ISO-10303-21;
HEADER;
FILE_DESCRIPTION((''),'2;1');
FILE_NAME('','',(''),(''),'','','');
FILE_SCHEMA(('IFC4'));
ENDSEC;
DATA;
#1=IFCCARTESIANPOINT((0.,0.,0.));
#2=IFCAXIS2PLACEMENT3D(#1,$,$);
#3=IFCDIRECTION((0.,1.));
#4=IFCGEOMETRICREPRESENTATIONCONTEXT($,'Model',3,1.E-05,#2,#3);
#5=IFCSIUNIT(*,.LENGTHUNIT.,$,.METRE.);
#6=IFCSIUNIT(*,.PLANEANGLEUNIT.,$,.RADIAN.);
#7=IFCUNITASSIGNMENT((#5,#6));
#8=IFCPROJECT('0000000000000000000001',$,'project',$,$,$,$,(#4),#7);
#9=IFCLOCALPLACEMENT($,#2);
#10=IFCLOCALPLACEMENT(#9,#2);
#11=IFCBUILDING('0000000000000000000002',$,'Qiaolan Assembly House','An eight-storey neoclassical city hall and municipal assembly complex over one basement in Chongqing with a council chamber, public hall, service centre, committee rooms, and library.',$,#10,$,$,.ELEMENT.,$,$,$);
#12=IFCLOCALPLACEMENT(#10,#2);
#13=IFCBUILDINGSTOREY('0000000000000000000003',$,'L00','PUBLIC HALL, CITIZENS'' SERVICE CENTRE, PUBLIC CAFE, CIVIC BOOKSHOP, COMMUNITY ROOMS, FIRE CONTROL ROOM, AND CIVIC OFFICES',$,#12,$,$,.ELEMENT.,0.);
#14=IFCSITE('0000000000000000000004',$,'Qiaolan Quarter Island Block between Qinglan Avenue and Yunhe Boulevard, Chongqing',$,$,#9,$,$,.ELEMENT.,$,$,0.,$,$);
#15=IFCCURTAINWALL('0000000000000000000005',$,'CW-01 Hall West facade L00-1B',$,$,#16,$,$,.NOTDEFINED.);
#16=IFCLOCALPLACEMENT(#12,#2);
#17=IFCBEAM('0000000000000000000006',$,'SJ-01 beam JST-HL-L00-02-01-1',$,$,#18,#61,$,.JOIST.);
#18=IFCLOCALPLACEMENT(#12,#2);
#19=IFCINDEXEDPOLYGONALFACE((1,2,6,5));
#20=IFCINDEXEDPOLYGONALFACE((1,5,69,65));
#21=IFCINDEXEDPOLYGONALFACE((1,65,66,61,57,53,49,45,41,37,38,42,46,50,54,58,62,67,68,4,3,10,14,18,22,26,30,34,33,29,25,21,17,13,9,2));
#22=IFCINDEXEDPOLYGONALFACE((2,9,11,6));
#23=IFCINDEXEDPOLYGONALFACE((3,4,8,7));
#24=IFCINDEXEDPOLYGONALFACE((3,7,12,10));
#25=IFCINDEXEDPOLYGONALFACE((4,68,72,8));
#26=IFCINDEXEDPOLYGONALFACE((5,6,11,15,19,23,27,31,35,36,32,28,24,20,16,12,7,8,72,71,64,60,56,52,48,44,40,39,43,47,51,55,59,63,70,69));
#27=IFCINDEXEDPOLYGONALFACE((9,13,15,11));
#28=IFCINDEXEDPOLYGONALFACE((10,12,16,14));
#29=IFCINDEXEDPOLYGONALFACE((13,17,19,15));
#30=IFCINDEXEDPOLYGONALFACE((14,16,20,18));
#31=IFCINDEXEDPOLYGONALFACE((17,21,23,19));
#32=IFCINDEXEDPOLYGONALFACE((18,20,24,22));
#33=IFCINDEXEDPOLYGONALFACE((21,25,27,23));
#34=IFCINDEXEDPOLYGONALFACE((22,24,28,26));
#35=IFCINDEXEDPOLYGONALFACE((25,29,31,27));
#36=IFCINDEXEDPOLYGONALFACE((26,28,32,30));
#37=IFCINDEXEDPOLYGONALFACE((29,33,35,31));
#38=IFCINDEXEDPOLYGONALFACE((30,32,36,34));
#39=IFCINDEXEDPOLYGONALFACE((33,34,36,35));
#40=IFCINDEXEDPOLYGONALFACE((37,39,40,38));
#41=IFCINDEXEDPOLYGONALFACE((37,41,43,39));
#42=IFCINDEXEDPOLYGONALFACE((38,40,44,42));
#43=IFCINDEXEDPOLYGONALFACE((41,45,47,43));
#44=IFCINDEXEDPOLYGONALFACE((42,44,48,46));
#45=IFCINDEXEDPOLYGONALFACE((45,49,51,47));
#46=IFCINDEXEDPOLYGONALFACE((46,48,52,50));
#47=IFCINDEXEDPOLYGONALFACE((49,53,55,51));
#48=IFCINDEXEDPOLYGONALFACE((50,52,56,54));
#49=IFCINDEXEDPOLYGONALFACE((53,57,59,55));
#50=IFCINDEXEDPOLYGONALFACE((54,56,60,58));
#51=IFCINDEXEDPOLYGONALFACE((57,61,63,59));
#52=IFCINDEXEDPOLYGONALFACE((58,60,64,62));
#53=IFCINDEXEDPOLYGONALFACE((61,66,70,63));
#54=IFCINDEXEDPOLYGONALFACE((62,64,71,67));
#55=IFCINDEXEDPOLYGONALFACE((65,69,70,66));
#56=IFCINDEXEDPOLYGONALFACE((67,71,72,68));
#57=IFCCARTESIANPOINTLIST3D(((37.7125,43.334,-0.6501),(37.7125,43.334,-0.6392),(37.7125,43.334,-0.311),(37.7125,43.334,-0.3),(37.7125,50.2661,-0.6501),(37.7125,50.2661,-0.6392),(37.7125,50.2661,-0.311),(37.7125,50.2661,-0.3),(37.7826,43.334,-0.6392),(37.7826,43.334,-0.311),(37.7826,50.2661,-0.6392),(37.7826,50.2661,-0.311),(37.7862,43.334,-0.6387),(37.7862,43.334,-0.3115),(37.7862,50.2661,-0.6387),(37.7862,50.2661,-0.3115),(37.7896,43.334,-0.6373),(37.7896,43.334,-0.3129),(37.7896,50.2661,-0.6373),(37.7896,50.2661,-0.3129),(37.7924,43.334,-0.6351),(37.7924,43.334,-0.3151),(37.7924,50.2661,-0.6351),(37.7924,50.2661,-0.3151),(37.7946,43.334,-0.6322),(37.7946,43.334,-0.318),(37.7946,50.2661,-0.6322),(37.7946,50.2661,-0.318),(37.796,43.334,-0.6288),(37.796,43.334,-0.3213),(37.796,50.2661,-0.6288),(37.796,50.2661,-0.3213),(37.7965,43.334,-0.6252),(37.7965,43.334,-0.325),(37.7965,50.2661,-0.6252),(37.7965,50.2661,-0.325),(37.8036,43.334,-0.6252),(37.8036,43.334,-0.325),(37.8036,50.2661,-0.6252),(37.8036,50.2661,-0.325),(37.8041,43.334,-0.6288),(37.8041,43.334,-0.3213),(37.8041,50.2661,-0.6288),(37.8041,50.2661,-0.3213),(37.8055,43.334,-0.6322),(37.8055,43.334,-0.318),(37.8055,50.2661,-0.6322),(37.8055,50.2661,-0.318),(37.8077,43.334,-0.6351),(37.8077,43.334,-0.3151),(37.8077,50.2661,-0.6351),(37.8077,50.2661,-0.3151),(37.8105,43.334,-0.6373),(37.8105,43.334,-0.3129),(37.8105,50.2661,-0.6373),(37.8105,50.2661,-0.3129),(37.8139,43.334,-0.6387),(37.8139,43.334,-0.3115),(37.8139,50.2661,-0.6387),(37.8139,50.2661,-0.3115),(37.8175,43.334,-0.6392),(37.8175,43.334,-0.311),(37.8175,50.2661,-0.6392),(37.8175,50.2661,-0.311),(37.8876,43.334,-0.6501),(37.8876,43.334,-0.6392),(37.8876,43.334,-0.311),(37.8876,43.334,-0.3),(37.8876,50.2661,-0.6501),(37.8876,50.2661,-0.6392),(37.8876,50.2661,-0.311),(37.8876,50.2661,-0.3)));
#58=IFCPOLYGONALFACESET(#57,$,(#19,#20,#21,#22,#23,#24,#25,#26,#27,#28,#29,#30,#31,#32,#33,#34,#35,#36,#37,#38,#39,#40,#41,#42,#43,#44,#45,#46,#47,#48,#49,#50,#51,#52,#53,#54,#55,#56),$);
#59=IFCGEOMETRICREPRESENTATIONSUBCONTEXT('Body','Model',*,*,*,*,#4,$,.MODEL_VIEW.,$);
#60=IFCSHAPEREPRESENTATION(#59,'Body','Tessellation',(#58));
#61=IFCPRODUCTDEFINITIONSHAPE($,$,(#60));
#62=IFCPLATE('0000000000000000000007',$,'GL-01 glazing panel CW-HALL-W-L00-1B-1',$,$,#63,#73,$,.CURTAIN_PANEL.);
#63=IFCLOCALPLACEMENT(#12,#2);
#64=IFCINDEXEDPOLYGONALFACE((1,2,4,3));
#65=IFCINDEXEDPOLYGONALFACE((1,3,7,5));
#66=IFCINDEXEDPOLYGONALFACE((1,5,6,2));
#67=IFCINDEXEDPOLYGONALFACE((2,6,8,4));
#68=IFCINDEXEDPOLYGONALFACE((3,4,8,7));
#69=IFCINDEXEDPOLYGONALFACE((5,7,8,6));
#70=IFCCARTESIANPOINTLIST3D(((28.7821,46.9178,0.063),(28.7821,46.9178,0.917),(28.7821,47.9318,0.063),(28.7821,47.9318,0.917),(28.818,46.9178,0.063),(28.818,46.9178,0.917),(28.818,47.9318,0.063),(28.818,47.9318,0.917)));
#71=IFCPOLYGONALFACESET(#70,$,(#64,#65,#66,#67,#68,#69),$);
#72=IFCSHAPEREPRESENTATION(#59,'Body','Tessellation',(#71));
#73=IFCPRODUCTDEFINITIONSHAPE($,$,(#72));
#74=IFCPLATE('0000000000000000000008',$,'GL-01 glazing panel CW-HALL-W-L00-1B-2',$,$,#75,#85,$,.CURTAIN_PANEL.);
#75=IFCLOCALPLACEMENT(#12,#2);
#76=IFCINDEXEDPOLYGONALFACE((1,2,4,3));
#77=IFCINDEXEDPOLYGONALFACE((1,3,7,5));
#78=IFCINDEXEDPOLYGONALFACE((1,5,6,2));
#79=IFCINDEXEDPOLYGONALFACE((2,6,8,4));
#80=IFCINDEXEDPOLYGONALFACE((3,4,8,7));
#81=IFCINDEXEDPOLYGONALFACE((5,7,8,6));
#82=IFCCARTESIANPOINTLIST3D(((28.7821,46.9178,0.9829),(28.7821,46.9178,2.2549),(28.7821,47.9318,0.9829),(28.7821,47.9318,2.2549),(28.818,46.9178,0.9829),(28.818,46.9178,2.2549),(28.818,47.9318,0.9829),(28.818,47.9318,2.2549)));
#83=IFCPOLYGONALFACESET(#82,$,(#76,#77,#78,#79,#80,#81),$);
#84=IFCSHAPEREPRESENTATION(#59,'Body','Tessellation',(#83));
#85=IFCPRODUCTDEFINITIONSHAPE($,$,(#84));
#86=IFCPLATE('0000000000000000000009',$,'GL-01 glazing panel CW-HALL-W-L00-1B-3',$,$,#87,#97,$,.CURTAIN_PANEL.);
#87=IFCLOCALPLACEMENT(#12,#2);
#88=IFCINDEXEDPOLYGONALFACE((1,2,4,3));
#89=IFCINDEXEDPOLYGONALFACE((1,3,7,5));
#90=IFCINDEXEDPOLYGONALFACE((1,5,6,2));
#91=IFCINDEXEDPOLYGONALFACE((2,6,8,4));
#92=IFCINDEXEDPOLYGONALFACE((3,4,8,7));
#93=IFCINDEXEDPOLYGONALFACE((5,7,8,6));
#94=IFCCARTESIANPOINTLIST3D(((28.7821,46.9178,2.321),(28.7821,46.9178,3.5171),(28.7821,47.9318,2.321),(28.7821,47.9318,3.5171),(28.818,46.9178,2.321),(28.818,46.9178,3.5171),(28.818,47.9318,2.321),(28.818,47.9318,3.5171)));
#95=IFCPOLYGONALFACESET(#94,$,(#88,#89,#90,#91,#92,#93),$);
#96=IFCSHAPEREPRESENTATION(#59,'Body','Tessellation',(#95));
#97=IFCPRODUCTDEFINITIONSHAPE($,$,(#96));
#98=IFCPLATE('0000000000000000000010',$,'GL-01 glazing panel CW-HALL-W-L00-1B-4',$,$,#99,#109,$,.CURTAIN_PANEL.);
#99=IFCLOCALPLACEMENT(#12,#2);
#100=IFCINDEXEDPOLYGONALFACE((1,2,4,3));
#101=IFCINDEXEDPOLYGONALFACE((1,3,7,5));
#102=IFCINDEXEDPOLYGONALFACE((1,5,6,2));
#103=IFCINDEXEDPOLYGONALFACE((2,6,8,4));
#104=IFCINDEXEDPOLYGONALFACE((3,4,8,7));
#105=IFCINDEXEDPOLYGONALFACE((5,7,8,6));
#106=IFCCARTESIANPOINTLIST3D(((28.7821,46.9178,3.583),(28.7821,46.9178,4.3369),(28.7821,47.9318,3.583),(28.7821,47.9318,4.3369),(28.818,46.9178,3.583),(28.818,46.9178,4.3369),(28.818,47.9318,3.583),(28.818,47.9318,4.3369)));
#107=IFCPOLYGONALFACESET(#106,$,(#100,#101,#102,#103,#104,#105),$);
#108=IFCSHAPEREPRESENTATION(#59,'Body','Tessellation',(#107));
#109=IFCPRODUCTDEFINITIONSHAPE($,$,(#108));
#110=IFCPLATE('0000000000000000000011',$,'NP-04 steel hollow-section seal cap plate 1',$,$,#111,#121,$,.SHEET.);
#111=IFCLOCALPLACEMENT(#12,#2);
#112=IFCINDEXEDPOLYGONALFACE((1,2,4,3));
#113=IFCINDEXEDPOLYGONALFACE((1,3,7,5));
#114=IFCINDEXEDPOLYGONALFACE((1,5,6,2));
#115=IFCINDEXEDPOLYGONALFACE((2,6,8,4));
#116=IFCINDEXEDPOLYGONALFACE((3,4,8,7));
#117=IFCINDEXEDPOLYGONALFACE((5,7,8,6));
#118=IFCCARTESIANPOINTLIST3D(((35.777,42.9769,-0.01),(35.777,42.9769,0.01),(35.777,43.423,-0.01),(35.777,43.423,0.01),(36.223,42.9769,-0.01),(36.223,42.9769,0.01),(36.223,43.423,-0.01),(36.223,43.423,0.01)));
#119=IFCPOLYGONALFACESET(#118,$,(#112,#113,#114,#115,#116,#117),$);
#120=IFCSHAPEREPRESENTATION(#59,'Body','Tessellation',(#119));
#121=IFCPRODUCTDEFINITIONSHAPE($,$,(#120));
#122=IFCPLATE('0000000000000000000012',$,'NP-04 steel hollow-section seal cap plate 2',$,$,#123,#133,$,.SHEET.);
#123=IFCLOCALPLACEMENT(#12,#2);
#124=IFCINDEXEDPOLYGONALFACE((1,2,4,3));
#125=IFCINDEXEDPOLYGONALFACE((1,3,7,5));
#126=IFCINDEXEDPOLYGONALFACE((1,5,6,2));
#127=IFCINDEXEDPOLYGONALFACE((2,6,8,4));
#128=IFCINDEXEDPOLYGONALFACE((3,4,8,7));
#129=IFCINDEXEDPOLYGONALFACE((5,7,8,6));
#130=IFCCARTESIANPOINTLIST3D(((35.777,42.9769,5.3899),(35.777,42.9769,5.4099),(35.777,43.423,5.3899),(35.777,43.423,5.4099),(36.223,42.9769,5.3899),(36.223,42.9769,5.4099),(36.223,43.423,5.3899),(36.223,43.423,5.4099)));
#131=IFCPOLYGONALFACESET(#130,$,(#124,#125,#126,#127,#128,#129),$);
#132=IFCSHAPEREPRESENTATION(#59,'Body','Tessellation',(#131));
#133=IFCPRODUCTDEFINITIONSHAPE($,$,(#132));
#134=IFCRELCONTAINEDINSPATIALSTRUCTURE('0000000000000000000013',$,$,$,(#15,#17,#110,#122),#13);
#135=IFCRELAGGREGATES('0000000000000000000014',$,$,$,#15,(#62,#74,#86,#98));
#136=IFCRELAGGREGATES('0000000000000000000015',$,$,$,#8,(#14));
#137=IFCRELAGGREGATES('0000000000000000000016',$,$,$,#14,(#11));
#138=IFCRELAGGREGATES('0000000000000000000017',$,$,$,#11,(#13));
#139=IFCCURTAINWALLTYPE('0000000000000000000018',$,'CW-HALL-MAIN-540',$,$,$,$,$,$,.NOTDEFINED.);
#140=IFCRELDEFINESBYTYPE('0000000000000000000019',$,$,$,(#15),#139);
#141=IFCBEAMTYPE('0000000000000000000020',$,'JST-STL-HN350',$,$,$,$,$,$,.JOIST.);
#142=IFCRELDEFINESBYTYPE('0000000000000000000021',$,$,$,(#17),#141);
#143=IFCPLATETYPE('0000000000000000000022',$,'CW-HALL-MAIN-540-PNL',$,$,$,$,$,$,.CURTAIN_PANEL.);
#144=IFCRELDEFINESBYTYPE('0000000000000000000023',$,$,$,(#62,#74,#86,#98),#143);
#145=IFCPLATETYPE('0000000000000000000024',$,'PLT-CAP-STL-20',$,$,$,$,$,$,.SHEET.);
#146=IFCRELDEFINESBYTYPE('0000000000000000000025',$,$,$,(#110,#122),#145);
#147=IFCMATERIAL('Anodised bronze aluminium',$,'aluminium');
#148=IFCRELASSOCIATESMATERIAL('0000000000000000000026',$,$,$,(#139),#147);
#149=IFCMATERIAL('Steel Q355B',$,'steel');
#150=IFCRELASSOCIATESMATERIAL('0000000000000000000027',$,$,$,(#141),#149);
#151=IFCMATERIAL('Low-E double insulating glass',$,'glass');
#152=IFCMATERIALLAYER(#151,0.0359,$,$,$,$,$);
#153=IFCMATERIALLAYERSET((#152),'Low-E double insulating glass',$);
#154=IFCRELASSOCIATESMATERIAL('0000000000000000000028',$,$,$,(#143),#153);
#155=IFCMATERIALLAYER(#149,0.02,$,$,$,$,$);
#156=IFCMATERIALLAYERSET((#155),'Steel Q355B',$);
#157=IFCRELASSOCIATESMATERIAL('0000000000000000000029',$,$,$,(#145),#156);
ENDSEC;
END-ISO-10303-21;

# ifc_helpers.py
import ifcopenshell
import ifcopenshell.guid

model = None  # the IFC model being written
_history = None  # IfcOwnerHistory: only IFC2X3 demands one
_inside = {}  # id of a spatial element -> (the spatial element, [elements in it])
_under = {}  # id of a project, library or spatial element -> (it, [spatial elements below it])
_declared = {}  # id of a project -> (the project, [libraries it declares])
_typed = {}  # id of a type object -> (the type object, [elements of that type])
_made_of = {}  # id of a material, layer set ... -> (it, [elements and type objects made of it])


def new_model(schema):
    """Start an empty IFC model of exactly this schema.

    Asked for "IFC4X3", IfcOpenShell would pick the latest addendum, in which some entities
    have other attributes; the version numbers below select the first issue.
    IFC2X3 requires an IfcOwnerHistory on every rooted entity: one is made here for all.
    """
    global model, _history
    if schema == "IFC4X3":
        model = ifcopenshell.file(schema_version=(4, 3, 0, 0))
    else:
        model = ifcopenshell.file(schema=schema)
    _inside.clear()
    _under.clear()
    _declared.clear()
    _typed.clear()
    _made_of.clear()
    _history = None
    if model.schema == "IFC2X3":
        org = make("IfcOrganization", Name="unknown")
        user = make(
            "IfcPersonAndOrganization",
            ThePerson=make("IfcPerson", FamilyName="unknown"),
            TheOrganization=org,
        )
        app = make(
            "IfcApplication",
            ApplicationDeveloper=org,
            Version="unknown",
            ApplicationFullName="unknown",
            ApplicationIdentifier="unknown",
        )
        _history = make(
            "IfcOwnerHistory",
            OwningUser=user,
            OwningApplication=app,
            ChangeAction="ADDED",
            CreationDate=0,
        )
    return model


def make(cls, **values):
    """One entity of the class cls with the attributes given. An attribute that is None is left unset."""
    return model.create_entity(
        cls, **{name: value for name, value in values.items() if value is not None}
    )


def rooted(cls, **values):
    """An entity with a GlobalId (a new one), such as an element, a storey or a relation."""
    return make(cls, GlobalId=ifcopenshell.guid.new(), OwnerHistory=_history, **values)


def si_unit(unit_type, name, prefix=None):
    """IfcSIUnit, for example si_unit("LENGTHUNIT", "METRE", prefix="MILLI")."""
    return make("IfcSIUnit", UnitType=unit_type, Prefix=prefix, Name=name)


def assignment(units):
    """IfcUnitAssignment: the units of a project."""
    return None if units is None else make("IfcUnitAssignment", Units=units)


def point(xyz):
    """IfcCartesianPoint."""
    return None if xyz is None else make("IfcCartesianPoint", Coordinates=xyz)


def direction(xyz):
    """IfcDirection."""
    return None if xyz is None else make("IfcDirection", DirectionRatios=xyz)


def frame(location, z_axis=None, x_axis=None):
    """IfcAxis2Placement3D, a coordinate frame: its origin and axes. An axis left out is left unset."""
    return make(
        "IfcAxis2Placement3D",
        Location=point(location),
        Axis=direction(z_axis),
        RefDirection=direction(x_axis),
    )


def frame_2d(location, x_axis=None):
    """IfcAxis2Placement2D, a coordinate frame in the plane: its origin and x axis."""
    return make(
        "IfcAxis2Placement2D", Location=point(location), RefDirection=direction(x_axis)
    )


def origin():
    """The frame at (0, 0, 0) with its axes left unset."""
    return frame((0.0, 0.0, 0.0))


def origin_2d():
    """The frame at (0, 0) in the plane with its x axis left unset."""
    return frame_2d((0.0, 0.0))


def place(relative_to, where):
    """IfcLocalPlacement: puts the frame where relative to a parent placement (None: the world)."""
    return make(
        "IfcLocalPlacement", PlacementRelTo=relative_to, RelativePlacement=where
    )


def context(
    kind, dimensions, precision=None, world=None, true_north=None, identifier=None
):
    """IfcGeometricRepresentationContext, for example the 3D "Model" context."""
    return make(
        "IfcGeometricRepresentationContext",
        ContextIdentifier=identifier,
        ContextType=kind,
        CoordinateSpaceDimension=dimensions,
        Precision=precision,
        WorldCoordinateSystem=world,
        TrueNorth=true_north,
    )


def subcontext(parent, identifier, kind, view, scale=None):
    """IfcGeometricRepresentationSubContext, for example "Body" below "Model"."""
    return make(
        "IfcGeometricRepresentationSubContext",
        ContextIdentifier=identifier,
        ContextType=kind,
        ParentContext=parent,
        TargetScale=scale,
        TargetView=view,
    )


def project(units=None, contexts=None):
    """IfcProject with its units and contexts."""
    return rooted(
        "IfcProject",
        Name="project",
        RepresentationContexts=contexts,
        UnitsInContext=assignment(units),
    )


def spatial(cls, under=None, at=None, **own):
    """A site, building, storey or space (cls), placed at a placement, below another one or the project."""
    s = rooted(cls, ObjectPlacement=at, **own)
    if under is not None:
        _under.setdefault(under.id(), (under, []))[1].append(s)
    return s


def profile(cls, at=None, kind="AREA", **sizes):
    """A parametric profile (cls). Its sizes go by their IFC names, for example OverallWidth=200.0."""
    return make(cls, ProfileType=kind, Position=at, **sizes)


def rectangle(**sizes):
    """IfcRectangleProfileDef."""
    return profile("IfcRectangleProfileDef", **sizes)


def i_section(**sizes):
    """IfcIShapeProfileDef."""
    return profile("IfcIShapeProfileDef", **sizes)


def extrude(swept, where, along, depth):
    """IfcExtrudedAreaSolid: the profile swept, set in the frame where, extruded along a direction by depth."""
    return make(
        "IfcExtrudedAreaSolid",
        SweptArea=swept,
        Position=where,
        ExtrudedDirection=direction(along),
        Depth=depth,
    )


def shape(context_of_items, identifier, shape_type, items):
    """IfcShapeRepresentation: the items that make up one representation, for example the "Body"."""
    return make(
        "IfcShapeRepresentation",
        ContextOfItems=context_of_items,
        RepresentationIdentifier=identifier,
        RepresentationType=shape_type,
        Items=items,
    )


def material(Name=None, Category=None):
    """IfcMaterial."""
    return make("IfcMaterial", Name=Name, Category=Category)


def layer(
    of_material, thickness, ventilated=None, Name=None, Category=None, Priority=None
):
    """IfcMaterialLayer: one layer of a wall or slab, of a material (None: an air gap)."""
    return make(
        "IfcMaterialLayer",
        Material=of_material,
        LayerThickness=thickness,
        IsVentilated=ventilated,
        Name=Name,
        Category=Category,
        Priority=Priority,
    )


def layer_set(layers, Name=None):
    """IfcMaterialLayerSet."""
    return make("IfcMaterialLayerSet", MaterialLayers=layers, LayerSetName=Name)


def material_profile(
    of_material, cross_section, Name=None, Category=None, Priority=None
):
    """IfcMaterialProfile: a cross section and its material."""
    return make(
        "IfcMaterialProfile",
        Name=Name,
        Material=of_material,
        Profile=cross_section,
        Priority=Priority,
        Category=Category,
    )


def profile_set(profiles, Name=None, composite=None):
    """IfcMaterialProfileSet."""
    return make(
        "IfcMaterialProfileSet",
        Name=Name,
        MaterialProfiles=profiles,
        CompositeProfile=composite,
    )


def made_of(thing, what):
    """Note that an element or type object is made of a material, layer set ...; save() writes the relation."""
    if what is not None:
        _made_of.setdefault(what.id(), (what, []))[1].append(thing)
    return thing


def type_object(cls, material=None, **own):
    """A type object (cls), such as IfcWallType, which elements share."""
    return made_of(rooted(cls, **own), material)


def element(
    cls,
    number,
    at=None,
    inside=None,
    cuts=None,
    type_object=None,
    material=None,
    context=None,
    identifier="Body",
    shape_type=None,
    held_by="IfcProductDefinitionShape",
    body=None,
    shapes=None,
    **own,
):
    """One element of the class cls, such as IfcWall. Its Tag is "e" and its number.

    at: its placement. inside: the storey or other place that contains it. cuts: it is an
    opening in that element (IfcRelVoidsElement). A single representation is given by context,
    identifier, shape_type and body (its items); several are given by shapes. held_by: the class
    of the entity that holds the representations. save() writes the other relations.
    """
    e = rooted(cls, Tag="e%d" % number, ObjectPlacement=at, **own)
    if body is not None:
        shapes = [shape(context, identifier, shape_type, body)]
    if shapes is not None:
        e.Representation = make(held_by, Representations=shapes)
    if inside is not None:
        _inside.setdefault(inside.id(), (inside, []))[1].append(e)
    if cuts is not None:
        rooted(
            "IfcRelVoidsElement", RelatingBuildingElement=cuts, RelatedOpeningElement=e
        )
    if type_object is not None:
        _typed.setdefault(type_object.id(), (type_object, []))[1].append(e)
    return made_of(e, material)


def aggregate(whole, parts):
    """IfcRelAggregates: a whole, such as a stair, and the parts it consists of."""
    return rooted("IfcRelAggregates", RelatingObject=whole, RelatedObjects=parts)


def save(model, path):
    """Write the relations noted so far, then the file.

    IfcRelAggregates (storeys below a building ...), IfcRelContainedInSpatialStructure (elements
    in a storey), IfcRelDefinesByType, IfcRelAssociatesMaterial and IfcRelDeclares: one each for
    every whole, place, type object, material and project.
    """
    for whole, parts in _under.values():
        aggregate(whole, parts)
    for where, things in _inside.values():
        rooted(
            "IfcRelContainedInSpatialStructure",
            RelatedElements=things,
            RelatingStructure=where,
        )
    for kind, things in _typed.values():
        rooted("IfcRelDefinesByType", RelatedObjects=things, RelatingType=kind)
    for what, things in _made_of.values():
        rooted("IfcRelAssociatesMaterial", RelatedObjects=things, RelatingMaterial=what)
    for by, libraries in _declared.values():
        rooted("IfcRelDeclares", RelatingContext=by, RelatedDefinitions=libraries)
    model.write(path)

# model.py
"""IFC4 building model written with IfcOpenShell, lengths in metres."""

from ifc_helpers import new_model, si_unit, direction, frame, frame_2d, origin, origin_2d, place, context, subcontext, project, spatial, rectangle, i_section, extrude, material, layer, layer_set, material_profile, profile_set, type_object, element, aggregate, save


model = new_model("IFC4")

# Units and contexts
model_context = context("Model", 3, precision=1e-05, world=origin(), true_north=direction((0.0, 1.0)))
body_context = subcontext(model_context, "Body", "Model", "MODEL_VIEW")
ifc_project = project(units=[si_unit("LENGTHUNIT", "METRE"), si_unit("PLANEANGLEUNIT", "RADIAN")], contexts=[model_context])

# Site, building, storey
site_placement = place(None, origin())
site = spatial("IfcSite", under=ifc_project, at=site_placement, Name="Qiaolan Quarter Island Block between Qinglan Avenue and Yunhe Boulevard, Chongqing", CompositionType="ELEMENT", RefElevation=0.0)
building_placement = place(site_placement, origin())
building = spatial("IfcBuilding", under=site, at=building_placement, Name="Qiaolan Assembly House", Description="An eight-storey neoclassical city hall and municipal assembly complex over one basement in Chongqing with a council chamber, public hall, service centre, committee rooms, and library.", CompositionType="ELEMENT")
storey_placement = place(building_placement, origin())
storey = spatial("IfcBuildingStorey", under=building, at=storey_placement, Name="L00", Description="PUBLIC HALL, CITIZENS' SERVICE CENTRE, PUBLIC CAFE, CIVIC BOOKSHOP, COMMUNITY ROOMS, FIRE CONTROL ROOM, AND CIVIC OFFICES", CompositionType="ELEMENT", Elevation=0.0)

# Shared definitions
ifc_material_1 = material(Name="Steel Q355B", Category="steel")

# Curtain wall
ifc_material_2 = material(Name="Anodised bronze aluminium", Category="aluminium")
curtain_wall_type = type_object("IfcCurtainWallType", Name="CW-HALL-MAIN-540", PredefinedType="NOTDEFINED", material=ifc_material_2)
curtain_wall_1_placement = place(storey_placement, origin())
curtain_wall_1 = element("IfcCurtainWall", 1, at=curtain_wall_1_placement, inside=storey, type_object=curtain_wall_type, Name="CW-01 Hall West facade L00-1B", PredefinedType="NOTDEFINED")

# Beam
ifc_material_profile_1 = material_profile(ifc_material_1, i_section(OverallWidth=0.175, OverallDepth=0.3501, WebThickness=0.0071, FlangeThickness=0.011, FilletRadius=0.0139, at=origin_2d()), Name="HN 350x175x7x11")
ifc_profile_set_1 = profile_set([ifc_material_profile_1], Name="Steel Q355B")
beam_type_1 = type_object("IfcBeamType", Name="JST-STL-HN350", PredefinedType="JOIST", material=ifc_profile_set_1)
beam_1_placement = place(storey_placement, frame((37.8, 43.334, -0.4751), z_axis=(0.0, 1.0, 0.0), x_axis=(-1.0, 0.0, 0.0)))
element("IfcBeam", 2, at=beam_1_placement, inside=storey, type_object=beam_type_1, Name="SJ-01 beam JST-HL-L00-02-01-1", PredefinedType="JOIST", context=body_context, shape_type="SweptSolid", body=[
    extrude(i_section(OverallWidth=0.175, OverallDepth=0.3501, WebThickness=0.0071, FlangeThickness=0.011, FilletRadius=0.0139, at=origin_2d()), origin(), (0.0, 0.0, 1.0), 6.9321),
])

# Plates
ifc_material_3 = material(Name="Low-E double insulating glass", Category="glass")
ifc_layer_1 = layer(ifc_material_3, 0.0359)
ifc_layer_set_1 = layer_set([ifc_layer_1], Name="Low-E double insulating glass")
plate_type_1 = type_object("IfcPlateType", Name="CW-HALL-MAIN-540-PNL", PredefinedType="CURTAIN_PANEL", material=ifc_layer_set_1)
plate_1_placement = place(storey_placement, frame((28.8, 46.918, 0.063), z_axis=(0.0, 0.0, 1.0), x_axis=(0.0, 1.0, 0.0)))
plate_1 = element("IfcPlate", 3, at=plate_1_placement, type_object=plate_type_1, Name="GL-01 glazing panel CW-HALL-W-L00-1B-1", PredefinedType="CURTAIN_PANEL", context=body_context, shape_type="SweptSolid", body=[
    extrude(rectangle(XDim=1.0139, YDim=0.0359, at=frame_2d((0.5068, 0.0))), origin(), (0.0, 0.0, 1.0), 0.854),
])
plate_2_placement = place(storey_placement, frame((28.8, 46.918, 0.9829), z_axis=(0.0, 0.0, 1.0), x_axis=(0.0, 1.0, 0.0)))
plate_2 = element("IfcPlate", 4, at=plate_2_placement, type_object=plate_type_1, Name="GL-01 glazing panel CW-HALL-W-L00-1B-2", PredefinedType="CURTAIN_PANEL", context=body_context, shape_type="SweptSolid", body=[
    extrude(rectangle(XDim=1.0139, YDim=0.0359, at=frame_2d((0.5068, 0.0))), origin(), (0.0, 0.0, 1.0), 1.272),
])
plate_3_placement = place(storey_placement, frame((28.8, 46.918, 2.321), z_axis=(0.0, 0.0, 1.0), x_axis=(0.0, 1.0, 0.0)))
plate_3 = element("IfcPlate", 5, at=plate_3_placement, type_object=plate_type_1, Name="GL-01 glazing panel CW-HALL-W-L00-1B-3", PredefinedType="CURTAIN_PANEL", context=body_context, shape_type="SweptSolid", body=[
    extrude(rectangle(XDim=1.0139, YDim=0.0359, at=frame_2d((0.5068, 0.0))), origin(), (0.0, 0.0, 1.0), 1.196),
])
plate_4_placement = place(storey_placement, frame((28.8, 46.918, 3.583), z_axis=(0.0, 0.0, 1.0), x_axis=(0.0, 1.0, 0.0)))
plate_4 = element("IfcPlate", 6, at=plate_4_placement, type_object=plate_type_1, Name="GL-01 glazing panel CW-HALL-W-L00-1B-4", PredefinedType="CURTAIN_PANEL", context=body_context, shape_type="SweptSolid", body=[
    extrude(rectangle(XDim=1.0139, YDim=0.0359, at=frame_2d((0.5068, 0.0))), origin(), (0.0, 0.0, 1.0), 0.7539),
])
aggregate(curtain_wall_1, [plate_1, plate_2, plate_3, plate_4])

# Plates
ifc_layer_2 = layer(ifc_material_1, 0.02)
ifc_layer_set_2 = layer_set([ifc_layer_2], Name="Steel Q355B")
plate_type_2 = type_object("IfcPlateType", Name="PLT-CAP-STL-20", PredefinedType="SHEET", material=ifc_layer_set_2)
for number, where, z_axis, x_axis, name in (
    (7, (36.0, 43.2, -0.01), (0.0, 0.0, 1.0), (1.0, 0.0, 0.0), "NP-04 steel hollow-section seal cap plate 1"),
    (8, (36.0, 43.2, 5.3899), (0.0, 0.0, 1.0), (1.0, 0.0, 0.0), "NP-04 steel hollow-section seal cap plate 2"),
):
    element("IfcPlate", number, at=place(storey_placement, frame(where, z_axis=z_axis, x_axis=x_axis)), inside=storey, type_object=plate_type_2, Name=name, PredefinedType="SHEET", context=body_context, shape_type="SweptSolid", body=[
        extrude(rectangle(XDim=0.446, YDim=0.446, at=origin_2d()), origin(), (0.0, 0.0, 1.0), 0.02),
    ])

save(model, "model.ifc")
